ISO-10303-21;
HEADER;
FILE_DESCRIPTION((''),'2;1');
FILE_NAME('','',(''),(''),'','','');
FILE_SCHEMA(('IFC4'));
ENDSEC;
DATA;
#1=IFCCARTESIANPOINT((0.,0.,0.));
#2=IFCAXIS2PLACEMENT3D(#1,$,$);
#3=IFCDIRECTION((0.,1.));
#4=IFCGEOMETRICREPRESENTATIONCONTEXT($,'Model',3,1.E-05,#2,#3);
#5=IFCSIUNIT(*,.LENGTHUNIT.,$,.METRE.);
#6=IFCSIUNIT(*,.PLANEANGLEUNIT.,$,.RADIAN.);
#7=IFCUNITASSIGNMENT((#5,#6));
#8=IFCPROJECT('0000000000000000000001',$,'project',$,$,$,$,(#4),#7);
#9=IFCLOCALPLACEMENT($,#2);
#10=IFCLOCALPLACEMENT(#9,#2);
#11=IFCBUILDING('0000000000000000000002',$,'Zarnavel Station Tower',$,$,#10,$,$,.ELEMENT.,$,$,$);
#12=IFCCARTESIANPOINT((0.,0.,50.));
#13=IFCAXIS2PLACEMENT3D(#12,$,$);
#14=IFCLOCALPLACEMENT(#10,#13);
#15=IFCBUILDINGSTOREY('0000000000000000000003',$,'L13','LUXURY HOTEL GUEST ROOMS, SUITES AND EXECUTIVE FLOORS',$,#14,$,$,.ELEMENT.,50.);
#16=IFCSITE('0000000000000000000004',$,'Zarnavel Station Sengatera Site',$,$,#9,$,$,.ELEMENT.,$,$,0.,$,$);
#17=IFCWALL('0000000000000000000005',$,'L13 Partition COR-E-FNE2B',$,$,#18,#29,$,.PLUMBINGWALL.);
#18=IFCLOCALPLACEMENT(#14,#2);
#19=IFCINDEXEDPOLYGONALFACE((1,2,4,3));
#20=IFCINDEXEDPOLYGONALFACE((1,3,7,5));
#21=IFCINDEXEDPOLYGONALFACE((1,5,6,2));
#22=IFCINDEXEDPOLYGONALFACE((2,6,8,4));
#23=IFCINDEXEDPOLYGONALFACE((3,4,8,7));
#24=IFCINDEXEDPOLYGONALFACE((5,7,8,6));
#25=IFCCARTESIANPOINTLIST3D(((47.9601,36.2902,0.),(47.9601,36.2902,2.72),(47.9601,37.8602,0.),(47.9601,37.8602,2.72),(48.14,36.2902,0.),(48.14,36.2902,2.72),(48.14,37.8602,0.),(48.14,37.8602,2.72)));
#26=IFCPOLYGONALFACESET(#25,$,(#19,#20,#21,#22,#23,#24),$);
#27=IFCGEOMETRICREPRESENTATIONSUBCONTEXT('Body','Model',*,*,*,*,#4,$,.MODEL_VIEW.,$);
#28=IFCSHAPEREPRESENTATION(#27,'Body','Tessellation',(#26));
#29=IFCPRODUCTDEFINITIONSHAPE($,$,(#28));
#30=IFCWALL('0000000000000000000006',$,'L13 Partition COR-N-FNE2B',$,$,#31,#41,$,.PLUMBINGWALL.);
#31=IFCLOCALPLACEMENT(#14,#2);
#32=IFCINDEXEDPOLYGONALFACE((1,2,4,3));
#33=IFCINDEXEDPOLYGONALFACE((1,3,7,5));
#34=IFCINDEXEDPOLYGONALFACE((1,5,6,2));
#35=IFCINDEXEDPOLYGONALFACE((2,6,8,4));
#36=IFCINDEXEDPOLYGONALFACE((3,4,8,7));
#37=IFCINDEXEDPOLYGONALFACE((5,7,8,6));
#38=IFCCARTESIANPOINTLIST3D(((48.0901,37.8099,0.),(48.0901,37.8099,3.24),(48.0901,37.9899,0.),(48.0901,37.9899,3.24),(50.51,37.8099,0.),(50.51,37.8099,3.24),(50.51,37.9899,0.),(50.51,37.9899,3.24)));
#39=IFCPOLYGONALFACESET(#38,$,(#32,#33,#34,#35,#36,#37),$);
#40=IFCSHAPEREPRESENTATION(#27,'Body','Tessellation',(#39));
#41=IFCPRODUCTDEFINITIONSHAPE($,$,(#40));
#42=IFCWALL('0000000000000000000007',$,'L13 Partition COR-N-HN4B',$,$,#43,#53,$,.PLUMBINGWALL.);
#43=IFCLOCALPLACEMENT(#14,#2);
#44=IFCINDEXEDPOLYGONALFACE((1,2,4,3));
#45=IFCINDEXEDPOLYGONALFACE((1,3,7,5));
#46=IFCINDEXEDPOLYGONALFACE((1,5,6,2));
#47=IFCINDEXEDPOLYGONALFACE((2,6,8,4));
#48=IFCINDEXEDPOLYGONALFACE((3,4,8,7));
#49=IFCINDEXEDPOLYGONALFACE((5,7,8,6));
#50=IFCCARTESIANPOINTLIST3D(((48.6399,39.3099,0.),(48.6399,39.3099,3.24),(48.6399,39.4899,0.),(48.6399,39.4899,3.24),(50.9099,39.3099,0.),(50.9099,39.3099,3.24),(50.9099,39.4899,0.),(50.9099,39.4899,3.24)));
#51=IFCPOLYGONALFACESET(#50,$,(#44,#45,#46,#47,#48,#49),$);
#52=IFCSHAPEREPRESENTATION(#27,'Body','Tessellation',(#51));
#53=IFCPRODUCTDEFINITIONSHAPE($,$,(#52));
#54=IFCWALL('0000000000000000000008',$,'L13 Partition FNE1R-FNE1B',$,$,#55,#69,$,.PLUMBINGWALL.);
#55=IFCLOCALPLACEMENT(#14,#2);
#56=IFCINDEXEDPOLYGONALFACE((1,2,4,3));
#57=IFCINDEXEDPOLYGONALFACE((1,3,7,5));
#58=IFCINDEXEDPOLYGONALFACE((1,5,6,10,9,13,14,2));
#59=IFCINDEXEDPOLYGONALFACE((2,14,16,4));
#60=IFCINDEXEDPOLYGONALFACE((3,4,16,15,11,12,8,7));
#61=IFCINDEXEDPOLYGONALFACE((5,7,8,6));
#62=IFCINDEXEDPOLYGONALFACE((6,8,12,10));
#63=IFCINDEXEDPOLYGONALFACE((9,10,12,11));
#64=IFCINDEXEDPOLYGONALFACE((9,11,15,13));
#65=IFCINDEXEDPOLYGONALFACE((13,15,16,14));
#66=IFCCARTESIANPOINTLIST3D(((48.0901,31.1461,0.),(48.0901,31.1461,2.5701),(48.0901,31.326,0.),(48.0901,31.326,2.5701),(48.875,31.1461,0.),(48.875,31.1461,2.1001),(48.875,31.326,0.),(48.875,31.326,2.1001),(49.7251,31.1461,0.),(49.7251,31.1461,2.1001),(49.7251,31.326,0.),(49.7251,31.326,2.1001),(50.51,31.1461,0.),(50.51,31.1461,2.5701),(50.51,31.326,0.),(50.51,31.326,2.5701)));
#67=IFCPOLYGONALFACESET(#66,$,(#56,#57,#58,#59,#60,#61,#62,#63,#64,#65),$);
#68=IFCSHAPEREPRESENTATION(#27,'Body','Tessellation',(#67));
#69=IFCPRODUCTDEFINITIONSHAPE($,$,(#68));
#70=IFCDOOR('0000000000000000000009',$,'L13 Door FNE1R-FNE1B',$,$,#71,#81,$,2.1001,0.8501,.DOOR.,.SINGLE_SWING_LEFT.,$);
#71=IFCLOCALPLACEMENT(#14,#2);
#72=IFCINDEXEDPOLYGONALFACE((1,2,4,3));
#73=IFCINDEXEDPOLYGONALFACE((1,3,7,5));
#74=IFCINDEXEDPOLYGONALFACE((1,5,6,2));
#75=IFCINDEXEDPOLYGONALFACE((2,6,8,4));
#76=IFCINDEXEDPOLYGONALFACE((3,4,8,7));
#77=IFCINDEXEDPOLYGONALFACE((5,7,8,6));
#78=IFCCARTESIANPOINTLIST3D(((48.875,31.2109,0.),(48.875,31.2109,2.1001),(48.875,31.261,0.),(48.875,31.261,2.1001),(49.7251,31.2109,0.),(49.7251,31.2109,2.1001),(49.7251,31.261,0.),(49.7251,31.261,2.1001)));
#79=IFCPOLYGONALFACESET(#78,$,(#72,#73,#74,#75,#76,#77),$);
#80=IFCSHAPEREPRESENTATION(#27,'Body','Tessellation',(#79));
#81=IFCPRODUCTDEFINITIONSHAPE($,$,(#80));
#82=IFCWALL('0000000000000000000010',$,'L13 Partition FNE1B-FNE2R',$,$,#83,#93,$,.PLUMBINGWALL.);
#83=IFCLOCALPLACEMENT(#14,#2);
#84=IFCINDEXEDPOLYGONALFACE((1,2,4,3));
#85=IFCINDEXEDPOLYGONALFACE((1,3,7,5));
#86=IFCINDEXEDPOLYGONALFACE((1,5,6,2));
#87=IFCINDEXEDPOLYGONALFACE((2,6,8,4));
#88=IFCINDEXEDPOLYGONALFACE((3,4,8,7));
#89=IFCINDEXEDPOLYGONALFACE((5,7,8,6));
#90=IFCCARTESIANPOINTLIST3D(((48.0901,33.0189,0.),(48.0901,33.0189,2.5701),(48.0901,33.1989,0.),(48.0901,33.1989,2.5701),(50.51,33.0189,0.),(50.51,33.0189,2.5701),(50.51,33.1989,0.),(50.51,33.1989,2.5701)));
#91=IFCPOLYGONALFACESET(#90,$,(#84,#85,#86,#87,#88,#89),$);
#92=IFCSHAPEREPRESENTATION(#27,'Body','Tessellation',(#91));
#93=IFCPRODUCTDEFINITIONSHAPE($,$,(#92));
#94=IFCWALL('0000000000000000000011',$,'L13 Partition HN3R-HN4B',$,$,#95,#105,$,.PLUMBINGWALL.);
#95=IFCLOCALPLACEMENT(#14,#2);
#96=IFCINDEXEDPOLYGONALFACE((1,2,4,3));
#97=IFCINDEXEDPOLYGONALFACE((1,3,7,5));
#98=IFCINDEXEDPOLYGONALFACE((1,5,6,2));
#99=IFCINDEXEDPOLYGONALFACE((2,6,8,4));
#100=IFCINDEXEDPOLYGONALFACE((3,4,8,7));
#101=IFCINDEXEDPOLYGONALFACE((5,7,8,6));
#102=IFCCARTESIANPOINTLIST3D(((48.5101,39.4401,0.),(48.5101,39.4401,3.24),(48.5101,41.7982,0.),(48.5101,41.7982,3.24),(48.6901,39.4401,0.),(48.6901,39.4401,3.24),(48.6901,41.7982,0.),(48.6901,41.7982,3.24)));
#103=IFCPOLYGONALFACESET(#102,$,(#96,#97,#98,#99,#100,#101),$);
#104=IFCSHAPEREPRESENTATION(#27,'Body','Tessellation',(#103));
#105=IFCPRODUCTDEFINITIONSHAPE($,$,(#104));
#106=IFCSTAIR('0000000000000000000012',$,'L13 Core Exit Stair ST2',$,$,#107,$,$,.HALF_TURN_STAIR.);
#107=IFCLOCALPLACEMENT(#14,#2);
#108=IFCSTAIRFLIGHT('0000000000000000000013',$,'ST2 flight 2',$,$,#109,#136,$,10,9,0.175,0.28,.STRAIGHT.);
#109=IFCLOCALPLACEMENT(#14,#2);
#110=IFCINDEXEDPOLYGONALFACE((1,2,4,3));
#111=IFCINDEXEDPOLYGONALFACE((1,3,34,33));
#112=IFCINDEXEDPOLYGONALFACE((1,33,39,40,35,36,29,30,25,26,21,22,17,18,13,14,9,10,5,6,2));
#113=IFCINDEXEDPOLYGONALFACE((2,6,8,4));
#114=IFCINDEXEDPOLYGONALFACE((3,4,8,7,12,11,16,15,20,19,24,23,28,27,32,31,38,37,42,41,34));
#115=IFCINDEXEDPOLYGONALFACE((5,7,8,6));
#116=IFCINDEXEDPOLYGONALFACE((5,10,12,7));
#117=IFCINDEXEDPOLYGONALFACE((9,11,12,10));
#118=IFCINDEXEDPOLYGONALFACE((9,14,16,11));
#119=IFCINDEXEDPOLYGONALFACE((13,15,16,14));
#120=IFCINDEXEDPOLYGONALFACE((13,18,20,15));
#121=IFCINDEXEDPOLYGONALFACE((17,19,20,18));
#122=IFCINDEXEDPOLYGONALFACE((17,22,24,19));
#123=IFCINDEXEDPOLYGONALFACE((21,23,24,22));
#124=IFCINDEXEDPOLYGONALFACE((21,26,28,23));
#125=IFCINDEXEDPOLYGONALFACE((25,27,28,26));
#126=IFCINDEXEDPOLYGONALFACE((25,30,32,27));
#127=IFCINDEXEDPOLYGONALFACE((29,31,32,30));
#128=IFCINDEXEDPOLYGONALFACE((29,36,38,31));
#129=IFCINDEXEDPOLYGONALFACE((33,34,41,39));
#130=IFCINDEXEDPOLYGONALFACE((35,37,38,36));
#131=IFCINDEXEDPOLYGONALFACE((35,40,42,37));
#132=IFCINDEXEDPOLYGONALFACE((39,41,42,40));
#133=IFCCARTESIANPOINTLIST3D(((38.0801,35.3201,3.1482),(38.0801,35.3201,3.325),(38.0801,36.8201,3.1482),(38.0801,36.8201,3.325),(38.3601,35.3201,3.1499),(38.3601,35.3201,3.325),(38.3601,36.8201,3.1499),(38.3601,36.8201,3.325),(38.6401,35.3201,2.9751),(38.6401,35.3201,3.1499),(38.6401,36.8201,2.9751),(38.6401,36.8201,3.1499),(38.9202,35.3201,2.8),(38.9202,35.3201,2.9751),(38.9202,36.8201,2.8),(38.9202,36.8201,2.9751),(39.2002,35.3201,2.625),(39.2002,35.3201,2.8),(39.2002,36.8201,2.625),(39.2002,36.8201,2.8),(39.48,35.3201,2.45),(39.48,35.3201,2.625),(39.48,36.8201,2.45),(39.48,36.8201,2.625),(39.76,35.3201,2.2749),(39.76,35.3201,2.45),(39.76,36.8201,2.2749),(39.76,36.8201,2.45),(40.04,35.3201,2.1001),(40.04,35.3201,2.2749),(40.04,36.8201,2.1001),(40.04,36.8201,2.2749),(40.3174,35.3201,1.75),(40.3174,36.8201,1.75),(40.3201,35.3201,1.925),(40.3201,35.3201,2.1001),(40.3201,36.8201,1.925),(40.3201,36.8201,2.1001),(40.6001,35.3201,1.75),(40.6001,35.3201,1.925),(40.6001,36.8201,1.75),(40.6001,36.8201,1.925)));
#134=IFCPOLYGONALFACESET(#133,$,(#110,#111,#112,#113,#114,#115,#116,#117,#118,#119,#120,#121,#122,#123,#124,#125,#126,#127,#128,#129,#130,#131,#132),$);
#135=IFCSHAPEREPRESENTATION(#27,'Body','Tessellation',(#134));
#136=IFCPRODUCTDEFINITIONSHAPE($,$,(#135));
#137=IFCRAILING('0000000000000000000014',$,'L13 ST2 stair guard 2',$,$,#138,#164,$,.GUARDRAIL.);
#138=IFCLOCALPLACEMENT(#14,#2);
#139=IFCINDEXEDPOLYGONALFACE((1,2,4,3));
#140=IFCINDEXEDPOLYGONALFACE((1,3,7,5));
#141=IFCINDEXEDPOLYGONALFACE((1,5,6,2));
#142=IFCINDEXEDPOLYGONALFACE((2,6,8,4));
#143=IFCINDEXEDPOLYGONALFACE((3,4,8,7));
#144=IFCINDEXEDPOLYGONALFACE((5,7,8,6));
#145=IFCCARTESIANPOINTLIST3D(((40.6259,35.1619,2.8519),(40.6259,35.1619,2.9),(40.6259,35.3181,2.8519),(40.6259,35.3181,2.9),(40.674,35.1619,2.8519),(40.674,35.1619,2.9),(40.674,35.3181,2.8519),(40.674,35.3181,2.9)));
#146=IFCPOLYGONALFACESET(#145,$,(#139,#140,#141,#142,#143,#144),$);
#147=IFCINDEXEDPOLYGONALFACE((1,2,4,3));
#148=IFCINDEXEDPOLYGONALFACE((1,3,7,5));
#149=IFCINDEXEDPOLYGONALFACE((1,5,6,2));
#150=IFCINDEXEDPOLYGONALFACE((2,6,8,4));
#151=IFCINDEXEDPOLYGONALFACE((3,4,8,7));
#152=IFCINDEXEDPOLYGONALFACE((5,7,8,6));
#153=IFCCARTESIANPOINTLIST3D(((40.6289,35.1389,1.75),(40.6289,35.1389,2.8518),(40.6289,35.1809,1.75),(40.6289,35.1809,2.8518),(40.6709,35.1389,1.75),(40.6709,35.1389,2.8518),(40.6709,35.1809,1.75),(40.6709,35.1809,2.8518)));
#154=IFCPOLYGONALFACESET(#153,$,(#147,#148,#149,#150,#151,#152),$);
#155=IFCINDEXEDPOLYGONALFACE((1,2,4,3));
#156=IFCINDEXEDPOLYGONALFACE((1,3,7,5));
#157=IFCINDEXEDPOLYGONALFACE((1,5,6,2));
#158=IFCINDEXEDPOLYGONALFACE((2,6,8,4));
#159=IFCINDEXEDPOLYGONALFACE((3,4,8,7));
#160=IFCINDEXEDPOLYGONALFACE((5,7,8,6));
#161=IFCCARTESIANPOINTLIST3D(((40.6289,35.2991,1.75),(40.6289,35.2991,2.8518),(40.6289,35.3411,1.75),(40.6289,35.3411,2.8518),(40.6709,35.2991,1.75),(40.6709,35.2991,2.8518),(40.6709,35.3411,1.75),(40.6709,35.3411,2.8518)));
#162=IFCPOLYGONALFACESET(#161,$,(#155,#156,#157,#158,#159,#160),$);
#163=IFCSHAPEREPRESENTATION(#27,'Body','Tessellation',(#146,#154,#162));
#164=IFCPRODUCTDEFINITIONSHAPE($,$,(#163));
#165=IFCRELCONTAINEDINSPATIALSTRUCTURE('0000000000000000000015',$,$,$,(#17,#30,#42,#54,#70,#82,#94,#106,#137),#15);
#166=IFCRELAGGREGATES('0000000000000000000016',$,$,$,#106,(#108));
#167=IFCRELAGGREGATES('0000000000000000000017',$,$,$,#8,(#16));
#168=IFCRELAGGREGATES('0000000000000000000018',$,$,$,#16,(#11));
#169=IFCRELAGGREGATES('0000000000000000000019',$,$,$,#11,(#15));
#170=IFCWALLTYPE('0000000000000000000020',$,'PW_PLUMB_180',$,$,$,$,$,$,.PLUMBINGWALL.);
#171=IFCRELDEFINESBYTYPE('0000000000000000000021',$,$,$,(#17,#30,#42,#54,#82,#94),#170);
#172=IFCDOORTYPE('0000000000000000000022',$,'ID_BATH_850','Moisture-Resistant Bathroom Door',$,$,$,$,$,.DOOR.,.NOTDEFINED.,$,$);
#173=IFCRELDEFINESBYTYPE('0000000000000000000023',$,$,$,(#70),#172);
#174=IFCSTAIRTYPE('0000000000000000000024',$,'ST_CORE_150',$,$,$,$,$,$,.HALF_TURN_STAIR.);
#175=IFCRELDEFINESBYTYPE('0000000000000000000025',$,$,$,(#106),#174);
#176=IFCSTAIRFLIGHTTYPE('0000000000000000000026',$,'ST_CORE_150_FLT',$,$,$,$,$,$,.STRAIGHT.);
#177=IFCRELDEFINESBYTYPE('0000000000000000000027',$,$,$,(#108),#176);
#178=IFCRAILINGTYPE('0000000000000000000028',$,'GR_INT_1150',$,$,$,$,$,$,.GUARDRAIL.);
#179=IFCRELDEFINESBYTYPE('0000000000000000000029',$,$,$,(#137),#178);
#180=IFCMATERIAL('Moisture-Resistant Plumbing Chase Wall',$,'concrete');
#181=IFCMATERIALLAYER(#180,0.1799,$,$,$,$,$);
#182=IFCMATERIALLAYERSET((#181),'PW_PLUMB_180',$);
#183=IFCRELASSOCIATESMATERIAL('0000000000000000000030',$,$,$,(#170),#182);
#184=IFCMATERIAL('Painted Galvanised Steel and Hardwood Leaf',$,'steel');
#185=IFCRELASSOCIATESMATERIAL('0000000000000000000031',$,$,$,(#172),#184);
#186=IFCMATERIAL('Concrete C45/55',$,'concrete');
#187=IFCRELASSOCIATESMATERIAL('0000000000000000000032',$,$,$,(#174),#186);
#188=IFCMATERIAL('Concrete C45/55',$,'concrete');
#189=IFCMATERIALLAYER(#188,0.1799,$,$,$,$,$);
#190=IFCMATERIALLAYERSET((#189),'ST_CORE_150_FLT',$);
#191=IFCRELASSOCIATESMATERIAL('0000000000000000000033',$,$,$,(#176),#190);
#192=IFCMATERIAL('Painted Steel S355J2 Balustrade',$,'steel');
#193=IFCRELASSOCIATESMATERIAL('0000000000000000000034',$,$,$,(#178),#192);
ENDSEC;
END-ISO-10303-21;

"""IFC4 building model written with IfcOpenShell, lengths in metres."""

from ifc_helpers import new_model, si_unit, direction, frame, frame_2d, origin, origin_2d, place, context, subcontext, project, spatial, polyline, rectangle, outline, extrude, material, layer, layer_set, type_object, element, fill, aggregate, save


model = new_model("IFC4")

# Units and contexts
model_context = context("Model", 3, precision=1e-05, world=origin(), true_north=direction((0.0, 1.0)))
body_context = subcontext(model_context, "Body", "Model", "MODEL_VIEW")
ifc_project = project(units=[si_unit("LENGTHUNIT", "METRE"), si_unit("PLANEANGLEUNIT", "RADIAN")], contexts=[model_context])

# Site, building, storey
site_placement = place(None, origin())
site = spatial("IfcSite", under=ifc_project, at=site_placement, Name="Zarnavel Station Sengatera Site", CompositionType="ELEMENT", RefElevation=0.0)
building_placement = place(site_placement, origin())
building = spatial("IfcBuilding", under=site, at=building_placement, Name="Zarnavel Station Tower", CompositionType="ELEMENT")
storey_placement = place(building_placement, frame((0.0, 0.0, 50.0)))
storey = spatial("IfcBuildingStorey", under=building, at=storey_placement, Name="L13", Description="LUXURY HOTEL GUEST ROOMS, SUITES AND EXECUTIVE FLOORS", CompositionType="ELEMENT", Elevation=50.0)

# Walls
ifc_material_1 = material(Name="Moisture-Resistant Plumbing Chase Wall", Category="concrete")
ifc_layer_1 = layer(ifc_material_1, 0.1799)
ifc_layer_set_1 = layer_set([ifc_layer_1], Name="PW_PLUMB_180")
wall_type_1 = type_object("IfcWallType", Name="PW_PLUMB_180", PredefinedType="PLUMBINGWALL", material=ifc_layer_set_1)
wall_1_placement = place(storey_placement, frame((48.05, 36.29, 0.0), z_axis=(0.0, 0.0, 1.0), x_axis=(0.0, 1.0, 0.0)))
element("IfcWall", 1, at=wall_1_placement, inside=storey, type_object=wall_type_1, Name="L13 Partition COR-E-FNE2B", PredefinedType="PLUMBINGWALL", context=body_context, shape_type="SweptSolid", body=[
    extrude(rectangle(XDim=1.5701, YDim=0.1799, at=frame_2d((0.7852, 0.0))), origin(), (0.0, 0.0, 1.0), 2.72),
])
wall_2_placement = place(storey_placement, frame((48.0901, 37.8999, 0.0), z_axis=(0.0, 0.0, 1.0), x_axis=(1.0, 0.0, 0.0)))
element("IfcWall", 2, at=wall_2_placement, inside=storey, type_object=wall_type_1, Name="L13 Partition COR-N-FNE2B", PredefinedType="PLUMBINGWALL", context=body_context, shape_type="SweptSolid", body=[
    extrude(rectangle(XDim=2.4199, YDim=0.1799, at=frame_2d((1.21, 0.0))), origin(), (0.0, 0.0, 1.0), 3.24),
])
wall_3_placement = place(storey_placement, frame((48.6399, 39.3999, 0.0), z_axis=(0.0, 0.0, 1.0), x_axis=(1.0, 0.0, 0.0)))
element("IfcWall", 3, at=wall_3_placement, inside=storey, type_object=wall_type_1, Name="L13 Partition COR-N-HN4B", PredefinedType="PLUMBINGWALL", context=body_context, shape_type="SweptSolid", body=[
    extrude(rectangle(XDim=2.27, YDim=0.1799, at=frame_2d((1.135, 0.0))), origin(), (0.0, 0.0, 1.0), 3.24),
])

# Wall, opening, door
wall_4_placement = place(storey_placement, frame((48.0901, 31.2361, 0.0), z_axis=(0.0, 0.0, 1.0), x_axis=(1.0, 0.0, 0.0)))
wall_4 = element("IfcWall", 4, at=wall_4_placement, inside=storey, type_object=wall_type_1, Name="L13 Partition FNE1R-FNE1B", PredefinedType="PLUMBINGWALL", context=body_context, shape_type="SweptSolid", body=[
    extrude(rectangle(XDim=2.4199, YDim=0.1799, at=frame_2d((1.21, 0.0))), origin(), (0.0, 0.0, 1.0), 2.5701),
])
opening_1_placement = place(wall_4_placement, frame((0.7849, 0.0, 0.0)))
opening_1 = element("IfcOpeningElement", 5, at=opening_1_placement, cuts=wall_4, PredefinedType="OPENING", context=body_context, shape_type="SweptSolid", body=[
    extrude(rectangle(XDim=0.8501, YDim=2.1001, at=frame_2d((0.425, 1.05))), frame((0.0, 0.0999, 0.0), z_axis=(0.0, -1.0, 0.0), x_axis=(1.0, 0.0, 0.0)), (0.0, 0.0, 1.0), 0.2),
])
ifc_material_2 = material(Name="Painted Galvanised Steel and Hardwood Leaf", Category="steel")
door_type_1 = type_object("IfcDoorType", Name="ID_BATH_850", Description="Moisture-Resistant Bathroom Door", OperationType="NOTDEFINED", PredefinedType="DOOR", material=ifc_material_2)
door_1_placement = place(opening_1_placement, origin())
door_1 = element("IfcDoor", 6, at=door_1_placement, inside=storey, type_object=door_type_1, Name="L13 Door FNE1R-FNE1B", OperationType="SINGLE_SWING_LEFT", OverallHeight=2.1001, OverallWidth=0.8501, PredefinedType="DOOR", context=body_context, shape_type="SweptSolid", body=[
    extrude(rectangle(XDim=0.8501, YDim=2.1001, at=frame_2d((0.425, 1.05))), frame((0.0, 0.0249, 0.0), z_axis=(0.0, -1.0, 0.0), x_axis=(1.0, 0.0, 0.0)), (0.0, 0.0, 1.0), 0.05),
])
fill(opening_1, door_1)

# Walls
wall_5_placement = place(storey_placement, frame((48.0901, 33.1089, 0.0), z_axis=(0.0, 0.0, 1.0), x_axis=(1.0, 0.0, 0.0)))
element("IfcWall", 7, at=wall_5_placement, inside=storey, type_object=wall_type_1, Name="L13 Partition FNE1B-FNE2R", PredefinedType="PLUMBINGWALL", context=body_context, shape_type="SweptSolid", body=[
    extrude(rectangle(XDim=2.4199, YDim=0.1799, at=frame_2d((1.21, 0.0))), origin(), (0.0, 0.0, 1.0), 2.5701),
])
wall_6_placement = place(storey_placement, frame((48.6001, 39.4399, 0.0), z_axis=(0.0, 0.0, 1.0), x_axis=(0.0, 1.0, 0.0)))
element("IfcWall", 8, at=wall_6_placement, inside=storey, type_object=wall_type_1, Name="L13 Partition HN3R-HN4B", PredefinedType="PLUMBINGWALL", context=body_context, shape_type="SweptSolid", body=[
    extrude(rectangle(XDim=2.3582, YDim=0.1799, at=frame_2d((1.1792, 0.0))), origin(), (0.0, 0.0, 1.0), 3.24),
])

# Stair, stair flight
ifc_material_3 = material(Name="Concrete C45/55", Category="concrete")
stair_type = type_object("IfcStairType", Name="ST_CORE_150", PredefinedType="HALF_TURN_STAIR", material=ifc_material_3)
stair_placement = place(storey_placement, origin())
stair = element("IfcStair", 9, at=stair_placement, inside=storey, type_object=stair_type, Name="L13 Core Exit Stair ST2", PredefinedType="HALF_TURN_STAIR")
ifc_material_4 = material(Name="Concrete C45/55", Category="concrete")
ifc_layer_2 = layer(ifc_material_4, 0.1799)
ifc_layer_set_2 = layer_set([ifc_layer_2], Name="ST_CORE_150_FLT")
stair_flight_type = type_object("IfcStairFlightType", Name="ST_CORE_150_FLT", PredefinedType="STRAIGHT", material=ifc_layer_set_2)
stair_flight_placement = place(storey_placement, frame((40.6001, 36.0701, 1.75), z_axis=(0.0, 0.0, 1.0), x_axis=(-1.0, 0.0, 0.0)))
stair_flight = element("IfcStairFlight", 10, at=stair_flight_placement, type_object=stair_flight_type, Name="ST2 flight 2", NumberOfRisers=10, NumberOfTreads=9, PredefinedType="STRAIGHT", RiserHeight=0.175, TreadLength=0.28, context=body_context, shape_type="SweptSolid", body=[
    extrude(outline(polyline([(0.0, 0.0), (0.0, 0.175), (0.28, 0.175), (0.28, 0.3501), (0.5601, 0.3501), (0.5601, 0.5249), (0.8401, 0.5249), (0.8401, 0.7), (1.1201, 0.7), (1.1201, 0.875), (1.3999, 0.875), (1.3999, 1.05), (1.6799, 1.05), (1.6799, 1.2251), (1.96, 1.2251), (1.96, 1.3999), (2.24, 1.3999), (2.24, 1.575), (2.52, 1.575), (2.52, 1.75), (2.52, 1.3982), (0.2827, 0.0), (0.0, 0.0)])), frame((0.0, 0.75, 0.0), z_axis=(0.0, -1.0, 0.0), x_axis=(1.0, 0.0, 0.0)), (0.0, 0.0, 1.0), 1.5),
])
aggregate(stair, [stair_flight])

# Railing
ifc_material_5 = material(Name="Painted Steel S355J2 Balustrade", Category="steel")
railing_type_1 = type_object("IfcRailingType", Name="GR_INT_1150", PredefinedType="GUARDRAIL", material=ifc_material_5)
railing_1_placement = place(storey_placement, frame((40.6499, 35.1599, 1.75)))
element("IfcRailing", 11, at=railing_1_placement, inside=storey, type_object=railing_type_1, Name="L13 ST2 stair guard 2", PredefinedType="GUARDRAIL", context=body_context, shape_type="SweptSolid", body=[
    extrude(rectangle(XDim=0.0481, YDim=0.0481, at=origin_2d()), frame((0.0, 0.002, 1.126), z_axis=(0.0, 1.0, 0.0), x_axis=(-1.0, 0.0, 0.0)), (0.0, 0.0, 1.0), 0.1562),
    extrude(rectangle(XDim=0.042, YDim=0.042, at=origin_2d()), origin(), (0.0, 0.0, 1.0), 1.1018),
    extrude(rectangle(XDim=0.042, YDim=0.042, at=origin_2d()), frame((0.0, 0.1602, 0.0)), (0.0, 0.0, 1.0), 1.1018),
])

save(model, "model.ifc")
